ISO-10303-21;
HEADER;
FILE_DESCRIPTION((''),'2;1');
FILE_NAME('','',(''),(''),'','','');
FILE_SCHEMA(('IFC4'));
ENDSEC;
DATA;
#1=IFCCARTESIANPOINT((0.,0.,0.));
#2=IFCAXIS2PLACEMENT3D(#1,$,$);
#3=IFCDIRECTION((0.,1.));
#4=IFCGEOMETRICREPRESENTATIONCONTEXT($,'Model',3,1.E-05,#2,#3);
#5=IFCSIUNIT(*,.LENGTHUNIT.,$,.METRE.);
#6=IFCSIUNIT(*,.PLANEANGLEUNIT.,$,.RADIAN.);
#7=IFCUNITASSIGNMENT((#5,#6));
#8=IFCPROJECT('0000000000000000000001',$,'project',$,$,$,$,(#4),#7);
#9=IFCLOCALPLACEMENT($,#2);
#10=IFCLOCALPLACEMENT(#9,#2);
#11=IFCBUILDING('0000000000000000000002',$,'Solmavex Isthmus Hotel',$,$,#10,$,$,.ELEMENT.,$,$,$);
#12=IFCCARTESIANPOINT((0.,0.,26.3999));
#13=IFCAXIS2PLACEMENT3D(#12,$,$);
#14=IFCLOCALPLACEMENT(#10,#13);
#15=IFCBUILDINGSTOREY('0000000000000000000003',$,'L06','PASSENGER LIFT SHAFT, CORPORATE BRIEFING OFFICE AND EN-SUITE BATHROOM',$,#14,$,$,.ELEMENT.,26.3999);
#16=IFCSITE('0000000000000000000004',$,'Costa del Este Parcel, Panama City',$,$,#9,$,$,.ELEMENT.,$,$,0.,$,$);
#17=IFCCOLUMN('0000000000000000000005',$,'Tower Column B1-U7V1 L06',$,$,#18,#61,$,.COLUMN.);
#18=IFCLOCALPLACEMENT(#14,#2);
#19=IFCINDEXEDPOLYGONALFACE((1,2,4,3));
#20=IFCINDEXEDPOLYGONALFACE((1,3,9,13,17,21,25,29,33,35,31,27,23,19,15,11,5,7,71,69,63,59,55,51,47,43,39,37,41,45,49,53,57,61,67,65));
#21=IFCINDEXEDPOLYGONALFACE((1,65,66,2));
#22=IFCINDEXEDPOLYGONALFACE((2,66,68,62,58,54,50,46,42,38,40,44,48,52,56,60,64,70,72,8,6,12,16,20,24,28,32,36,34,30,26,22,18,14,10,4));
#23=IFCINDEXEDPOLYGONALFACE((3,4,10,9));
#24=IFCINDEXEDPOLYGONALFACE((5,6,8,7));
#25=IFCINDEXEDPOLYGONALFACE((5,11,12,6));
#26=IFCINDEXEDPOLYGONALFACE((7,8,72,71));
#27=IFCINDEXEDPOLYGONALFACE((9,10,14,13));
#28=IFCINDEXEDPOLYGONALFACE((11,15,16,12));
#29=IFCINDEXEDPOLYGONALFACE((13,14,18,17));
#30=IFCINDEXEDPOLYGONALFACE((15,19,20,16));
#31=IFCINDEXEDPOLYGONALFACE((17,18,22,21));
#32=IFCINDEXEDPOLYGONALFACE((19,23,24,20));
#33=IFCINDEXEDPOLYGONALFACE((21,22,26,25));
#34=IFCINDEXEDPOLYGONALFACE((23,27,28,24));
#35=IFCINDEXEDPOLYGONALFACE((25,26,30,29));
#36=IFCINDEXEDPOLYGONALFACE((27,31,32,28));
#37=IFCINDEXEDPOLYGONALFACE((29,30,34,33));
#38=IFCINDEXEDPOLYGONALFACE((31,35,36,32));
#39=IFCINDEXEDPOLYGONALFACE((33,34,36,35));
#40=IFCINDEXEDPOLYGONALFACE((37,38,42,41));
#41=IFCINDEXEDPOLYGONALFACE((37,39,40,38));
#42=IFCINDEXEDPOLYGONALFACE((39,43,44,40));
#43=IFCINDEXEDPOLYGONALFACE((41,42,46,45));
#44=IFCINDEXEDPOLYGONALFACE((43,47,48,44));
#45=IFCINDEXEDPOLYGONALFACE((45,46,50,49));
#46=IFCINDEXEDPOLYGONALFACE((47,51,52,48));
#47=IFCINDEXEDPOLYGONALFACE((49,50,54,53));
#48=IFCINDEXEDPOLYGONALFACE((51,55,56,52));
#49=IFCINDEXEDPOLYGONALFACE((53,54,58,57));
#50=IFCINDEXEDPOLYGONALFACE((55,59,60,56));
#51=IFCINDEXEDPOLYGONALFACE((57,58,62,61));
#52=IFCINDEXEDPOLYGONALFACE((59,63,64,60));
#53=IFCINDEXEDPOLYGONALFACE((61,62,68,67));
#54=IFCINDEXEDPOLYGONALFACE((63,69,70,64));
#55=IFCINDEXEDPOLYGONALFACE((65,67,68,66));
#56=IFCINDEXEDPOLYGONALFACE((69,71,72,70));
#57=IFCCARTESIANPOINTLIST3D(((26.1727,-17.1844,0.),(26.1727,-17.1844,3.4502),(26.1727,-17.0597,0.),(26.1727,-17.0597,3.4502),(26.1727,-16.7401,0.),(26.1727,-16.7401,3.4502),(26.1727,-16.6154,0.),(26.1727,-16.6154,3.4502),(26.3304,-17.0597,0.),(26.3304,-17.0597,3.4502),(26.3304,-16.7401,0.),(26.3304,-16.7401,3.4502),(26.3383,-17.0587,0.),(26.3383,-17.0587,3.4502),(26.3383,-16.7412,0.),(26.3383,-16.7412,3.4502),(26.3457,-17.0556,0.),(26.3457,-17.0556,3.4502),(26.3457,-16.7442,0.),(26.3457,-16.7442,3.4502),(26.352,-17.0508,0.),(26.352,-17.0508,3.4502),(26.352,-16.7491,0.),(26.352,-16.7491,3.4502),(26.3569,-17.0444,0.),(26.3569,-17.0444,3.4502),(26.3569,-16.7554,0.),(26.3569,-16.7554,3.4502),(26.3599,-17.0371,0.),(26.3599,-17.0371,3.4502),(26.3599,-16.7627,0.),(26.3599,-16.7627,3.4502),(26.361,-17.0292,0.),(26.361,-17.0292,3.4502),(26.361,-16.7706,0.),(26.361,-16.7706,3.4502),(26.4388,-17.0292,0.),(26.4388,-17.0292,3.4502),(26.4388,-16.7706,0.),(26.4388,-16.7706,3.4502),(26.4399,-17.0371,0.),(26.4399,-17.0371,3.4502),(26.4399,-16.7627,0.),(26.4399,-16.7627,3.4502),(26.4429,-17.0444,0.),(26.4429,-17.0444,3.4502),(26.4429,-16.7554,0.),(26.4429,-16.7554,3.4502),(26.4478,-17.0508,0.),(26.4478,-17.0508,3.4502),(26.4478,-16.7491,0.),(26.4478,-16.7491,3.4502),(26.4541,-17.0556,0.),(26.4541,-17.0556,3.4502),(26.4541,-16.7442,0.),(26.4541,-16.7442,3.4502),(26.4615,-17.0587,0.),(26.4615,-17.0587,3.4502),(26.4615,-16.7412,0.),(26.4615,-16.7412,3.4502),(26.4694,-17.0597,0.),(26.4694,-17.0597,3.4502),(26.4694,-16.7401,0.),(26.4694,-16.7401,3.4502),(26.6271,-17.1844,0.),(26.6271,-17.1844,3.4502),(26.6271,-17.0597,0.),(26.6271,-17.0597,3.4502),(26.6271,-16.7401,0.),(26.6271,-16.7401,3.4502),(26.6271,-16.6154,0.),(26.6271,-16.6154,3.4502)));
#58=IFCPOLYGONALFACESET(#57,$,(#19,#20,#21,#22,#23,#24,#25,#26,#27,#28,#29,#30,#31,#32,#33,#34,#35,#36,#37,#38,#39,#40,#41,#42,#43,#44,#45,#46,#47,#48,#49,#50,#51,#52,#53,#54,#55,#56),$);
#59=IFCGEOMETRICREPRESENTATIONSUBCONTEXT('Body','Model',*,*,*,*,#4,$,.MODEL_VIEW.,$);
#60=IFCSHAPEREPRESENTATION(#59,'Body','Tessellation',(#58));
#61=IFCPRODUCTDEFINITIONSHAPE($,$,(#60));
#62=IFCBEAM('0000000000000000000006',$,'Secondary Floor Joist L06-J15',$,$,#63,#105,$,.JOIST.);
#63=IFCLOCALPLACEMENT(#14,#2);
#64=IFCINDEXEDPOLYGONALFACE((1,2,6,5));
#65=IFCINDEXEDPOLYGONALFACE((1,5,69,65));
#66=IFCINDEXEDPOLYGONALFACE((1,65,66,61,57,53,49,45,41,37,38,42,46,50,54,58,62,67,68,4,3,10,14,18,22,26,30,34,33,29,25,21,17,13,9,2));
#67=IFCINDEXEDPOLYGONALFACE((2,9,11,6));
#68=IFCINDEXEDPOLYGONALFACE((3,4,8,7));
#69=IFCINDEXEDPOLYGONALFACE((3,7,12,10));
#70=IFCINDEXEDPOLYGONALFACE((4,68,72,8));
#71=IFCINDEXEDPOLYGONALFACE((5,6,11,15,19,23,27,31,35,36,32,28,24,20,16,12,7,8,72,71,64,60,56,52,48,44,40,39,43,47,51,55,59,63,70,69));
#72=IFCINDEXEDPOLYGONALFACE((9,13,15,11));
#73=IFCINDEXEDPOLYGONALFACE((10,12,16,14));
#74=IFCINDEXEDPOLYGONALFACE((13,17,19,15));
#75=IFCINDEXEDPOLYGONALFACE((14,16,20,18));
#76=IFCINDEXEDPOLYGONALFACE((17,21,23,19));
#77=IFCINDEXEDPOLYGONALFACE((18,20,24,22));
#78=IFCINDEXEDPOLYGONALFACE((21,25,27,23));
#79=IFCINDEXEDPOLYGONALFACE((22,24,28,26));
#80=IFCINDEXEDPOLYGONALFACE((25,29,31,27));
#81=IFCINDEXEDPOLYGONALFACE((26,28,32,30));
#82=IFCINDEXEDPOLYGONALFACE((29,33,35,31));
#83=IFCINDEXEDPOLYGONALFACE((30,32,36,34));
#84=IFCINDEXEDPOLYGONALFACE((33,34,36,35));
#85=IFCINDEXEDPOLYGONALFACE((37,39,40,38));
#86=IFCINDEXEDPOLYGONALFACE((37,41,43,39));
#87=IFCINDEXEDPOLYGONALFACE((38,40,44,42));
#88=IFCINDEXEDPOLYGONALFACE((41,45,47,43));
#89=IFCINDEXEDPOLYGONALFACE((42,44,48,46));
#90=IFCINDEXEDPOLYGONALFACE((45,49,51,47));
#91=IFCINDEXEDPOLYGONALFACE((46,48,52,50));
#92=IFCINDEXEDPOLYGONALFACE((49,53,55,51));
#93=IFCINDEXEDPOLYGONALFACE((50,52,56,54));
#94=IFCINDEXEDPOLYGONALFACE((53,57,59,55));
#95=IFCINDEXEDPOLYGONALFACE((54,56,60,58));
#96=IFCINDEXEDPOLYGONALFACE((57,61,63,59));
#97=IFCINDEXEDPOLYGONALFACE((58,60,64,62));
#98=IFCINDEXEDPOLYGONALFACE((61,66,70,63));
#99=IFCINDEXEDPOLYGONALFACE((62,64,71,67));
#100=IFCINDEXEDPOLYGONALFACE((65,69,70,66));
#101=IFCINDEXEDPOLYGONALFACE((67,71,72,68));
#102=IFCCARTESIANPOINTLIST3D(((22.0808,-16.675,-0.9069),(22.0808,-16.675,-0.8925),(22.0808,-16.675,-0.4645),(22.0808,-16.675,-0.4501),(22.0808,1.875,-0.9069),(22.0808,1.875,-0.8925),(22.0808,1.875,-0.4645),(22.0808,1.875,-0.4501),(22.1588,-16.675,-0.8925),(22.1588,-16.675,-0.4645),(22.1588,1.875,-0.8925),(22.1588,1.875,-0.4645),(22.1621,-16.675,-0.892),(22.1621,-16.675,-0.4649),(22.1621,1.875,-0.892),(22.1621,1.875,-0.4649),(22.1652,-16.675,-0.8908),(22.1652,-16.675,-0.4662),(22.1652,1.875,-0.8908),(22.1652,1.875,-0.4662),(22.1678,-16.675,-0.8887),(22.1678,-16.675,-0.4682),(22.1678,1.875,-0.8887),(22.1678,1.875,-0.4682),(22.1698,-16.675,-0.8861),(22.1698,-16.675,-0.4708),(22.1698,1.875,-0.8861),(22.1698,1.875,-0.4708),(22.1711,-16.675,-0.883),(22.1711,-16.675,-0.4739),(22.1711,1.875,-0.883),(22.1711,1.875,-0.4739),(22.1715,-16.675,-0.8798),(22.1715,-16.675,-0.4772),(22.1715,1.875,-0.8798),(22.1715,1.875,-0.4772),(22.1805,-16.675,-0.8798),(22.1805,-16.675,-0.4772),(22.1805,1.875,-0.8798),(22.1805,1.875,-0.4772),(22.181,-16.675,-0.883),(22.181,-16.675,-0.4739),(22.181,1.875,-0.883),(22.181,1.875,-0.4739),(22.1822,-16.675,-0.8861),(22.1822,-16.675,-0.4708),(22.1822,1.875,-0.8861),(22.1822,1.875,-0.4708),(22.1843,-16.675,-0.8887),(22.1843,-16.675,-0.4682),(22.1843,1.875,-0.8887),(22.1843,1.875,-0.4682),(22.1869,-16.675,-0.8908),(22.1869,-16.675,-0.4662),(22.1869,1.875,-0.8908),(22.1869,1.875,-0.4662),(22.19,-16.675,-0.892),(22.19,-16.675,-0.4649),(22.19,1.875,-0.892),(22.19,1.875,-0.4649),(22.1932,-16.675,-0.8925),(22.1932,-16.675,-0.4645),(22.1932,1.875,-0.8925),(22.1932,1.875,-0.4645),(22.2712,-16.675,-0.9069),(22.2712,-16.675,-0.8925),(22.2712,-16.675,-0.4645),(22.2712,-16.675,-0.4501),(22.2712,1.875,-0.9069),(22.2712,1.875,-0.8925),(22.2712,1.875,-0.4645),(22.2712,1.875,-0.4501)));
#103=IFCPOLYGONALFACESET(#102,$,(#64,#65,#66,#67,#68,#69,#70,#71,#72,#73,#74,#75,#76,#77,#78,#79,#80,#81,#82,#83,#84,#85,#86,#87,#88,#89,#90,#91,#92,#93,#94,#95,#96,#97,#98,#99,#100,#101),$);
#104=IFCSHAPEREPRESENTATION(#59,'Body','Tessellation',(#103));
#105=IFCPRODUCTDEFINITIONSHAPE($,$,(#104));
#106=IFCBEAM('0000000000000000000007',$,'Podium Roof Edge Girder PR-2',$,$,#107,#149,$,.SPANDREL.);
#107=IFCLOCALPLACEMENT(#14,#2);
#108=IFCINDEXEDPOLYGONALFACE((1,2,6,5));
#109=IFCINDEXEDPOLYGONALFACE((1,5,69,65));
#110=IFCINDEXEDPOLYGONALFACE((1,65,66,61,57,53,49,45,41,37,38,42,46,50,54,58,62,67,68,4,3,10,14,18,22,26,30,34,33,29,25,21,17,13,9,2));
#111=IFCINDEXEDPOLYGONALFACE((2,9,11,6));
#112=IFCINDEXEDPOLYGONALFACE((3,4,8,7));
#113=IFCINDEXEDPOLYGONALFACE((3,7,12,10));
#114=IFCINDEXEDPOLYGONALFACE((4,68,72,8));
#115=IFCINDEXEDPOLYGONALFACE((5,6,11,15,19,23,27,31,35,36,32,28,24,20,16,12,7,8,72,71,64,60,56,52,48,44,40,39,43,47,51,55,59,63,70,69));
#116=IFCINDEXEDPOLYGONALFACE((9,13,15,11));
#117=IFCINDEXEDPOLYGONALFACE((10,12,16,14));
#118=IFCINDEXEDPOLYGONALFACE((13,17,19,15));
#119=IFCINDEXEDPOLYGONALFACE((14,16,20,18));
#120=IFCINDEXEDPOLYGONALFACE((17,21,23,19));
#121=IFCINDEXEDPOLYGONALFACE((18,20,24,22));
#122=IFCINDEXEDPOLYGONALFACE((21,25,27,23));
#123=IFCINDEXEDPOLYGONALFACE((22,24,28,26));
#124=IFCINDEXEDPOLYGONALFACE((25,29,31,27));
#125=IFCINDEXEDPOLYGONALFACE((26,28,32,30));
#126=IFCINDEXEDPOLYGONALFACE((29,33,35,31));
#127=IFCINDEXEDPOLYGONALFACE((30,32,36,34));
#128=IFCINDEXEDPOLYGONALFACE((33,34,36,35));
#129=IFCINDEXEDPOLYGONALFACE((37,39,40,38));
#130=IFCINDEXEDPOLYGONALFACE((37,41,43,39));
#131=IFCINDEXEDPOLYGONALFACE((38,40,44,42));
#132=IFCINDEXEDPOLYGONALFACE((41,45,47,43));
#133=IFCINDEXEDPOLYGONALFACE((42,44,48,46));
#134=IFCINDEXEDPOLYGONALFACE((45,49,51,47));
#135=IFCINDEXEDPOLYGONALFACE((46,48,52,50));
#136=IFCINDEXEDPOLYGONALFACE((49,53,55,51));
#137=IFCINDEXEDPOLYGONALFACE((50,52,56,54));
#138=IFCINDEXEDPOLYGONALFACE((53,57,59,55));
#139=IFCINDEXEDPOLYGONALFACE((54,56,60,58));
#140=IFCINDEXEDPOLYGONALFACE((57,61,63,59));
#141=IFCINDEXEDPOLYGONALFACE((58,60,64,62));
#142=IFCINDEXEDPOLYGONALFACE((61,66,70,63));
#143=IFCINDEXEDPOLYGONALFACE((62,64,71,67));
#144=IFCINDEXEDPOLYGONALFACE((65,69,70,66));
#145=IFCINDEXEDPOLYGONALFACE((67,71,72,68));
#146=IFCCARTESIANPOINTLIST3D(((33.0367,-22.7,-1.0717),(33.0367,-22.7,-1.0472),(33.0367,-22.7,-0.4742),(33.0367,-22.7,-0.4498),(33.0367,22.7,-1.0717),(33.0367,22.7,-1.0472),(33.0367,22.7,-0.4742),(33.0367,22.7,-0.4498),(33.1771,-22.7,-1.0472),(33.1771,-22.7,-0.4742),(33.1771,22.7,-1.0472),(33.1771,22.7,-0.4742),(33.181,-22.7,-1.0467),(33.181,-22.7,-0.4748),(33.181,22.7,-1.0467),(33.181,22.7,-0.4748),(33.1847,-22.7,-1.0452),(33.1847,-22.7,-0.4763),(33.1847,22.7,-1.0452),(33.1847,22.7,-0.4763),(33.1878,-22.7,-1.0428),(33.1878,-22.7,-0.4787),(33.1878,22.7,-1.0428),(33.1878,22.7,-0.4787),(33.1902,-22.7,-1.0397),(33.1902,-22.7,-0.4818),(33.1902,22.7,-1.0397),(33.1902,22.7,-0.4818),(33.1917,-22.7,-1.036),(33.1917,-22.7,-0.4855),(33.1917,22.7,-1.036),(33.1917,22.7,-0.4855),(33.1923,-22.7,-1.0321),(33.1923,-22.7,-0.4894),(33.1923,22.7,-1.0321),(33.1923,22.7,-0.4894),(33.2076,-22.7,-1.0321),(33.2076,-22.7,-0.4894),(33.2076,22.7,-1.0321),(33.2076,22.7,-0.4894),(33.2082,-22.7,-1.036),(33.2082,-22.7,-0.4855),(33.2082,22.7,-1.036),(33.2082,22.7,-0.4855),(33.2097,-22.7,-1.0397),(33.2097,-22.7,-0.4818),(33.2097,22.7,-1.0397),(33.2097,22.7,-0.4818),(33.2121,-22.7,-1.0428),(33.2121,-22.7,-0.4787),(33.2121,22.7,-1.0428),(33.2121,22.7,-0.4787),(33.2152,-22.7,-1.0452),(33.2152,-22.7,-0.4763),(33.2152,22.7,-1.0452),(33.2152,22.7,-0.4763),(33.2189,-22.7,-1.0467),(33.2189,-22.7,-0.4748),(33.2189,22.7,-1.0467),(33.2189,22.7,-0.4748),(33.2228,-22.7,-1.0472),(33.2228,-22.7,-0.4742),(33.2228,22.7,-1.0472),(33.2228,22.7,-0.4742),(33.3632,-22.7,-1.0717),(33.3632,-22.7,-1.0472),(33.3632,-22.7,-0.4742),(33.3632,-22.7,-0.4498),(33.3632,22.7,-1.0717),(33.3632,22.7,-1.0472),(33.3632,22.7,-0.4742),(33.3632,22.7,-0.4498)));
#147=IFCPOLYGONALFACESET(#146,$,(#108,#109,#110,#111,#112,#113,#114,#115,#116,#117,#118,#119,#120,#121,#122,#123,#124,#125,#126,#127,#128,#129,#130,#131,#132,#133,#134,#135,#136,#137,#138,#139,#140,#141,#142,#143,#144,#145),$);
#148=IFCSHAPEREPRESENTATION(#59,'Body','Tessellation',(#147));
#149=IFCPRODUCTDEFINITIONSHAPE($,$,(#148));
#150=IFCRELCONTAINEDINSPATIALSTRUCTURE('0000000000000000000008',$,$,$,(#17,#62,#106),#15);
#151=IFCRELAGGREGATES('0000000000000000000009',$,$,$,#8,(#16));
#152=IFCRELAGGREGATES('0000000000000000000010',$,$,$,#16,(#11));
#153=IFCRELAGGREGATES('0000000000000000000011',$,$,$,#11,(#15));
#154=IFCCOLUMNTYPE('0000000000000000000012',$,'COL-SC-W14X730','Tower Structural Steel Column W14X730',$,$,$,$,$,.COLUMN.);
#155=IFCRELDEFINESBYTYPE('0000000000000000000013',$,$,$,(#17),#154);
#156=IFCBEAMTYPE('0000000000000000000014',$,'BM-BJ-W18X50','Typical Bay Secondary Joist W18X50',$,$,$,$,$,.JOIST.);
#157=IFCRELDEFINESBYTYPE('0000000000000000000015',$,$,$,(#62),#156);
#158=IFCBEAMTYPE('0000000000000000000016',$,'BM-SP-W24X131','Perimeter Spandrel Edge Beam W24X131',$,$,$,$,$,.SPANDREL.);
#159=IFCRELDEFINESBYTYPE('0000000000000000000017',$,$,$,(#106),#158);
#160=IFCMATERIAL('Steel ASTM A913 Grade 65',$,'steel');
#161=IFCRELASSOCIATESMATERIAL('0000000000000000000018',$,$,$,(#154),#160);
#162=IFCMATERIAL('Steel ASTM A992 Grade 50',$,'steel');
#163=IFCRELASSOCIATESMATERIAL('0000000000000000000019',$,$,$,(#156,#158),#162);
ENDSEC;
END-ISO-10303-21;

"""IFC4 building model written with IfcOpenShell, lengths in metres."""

from ifc_helpers import new_model, si_unit, direction, frame, origin, origin_2d, place, context, subcontext, project, spatial, i_section, extrude, material, material_profile, profile_set, type_object, element, save


model = new_model("IFC4")

# Units and contexts
model_context = context("Model", 3, precision=1e-05, world=origin(), true_north=direction((0.0, 1.0)))
body_context = subcontext(model_context, "Body", "Model", "MODEL_VIEW")
ifc_project = project(units=[si_unit("LENGTHUNIT", "METRE"), si_unit("PLANEANGLEUNIT", "RADIAN")], contexts=[model_context])

# Site, building, storey
site_placement = place(None, origin())
site = spatial("IfcSite", under=ifc_project, at=site_placement, Name="Costa del Este Parcel, Panama City", CompositionType="ELEMENT", RefElevation=0.0)
building_placement = place(site_placement, origin())
building = spatial("IfcBuilding", under=site, at=building_placement, Name="Solmavex Isthmus Hotel", CompositionType="ELEMENT")
storey_placement = place(building_placement, frame((0.0, 0.0, 26.3999)))
storey = spatial("IfcBuildingStorey", under=building, at=storey_placement, Name="L06", Description="PASSENGER LIFT SHAFT, CORPORATE BRIEFING OFFICE AND EN-SUITE BATHROOM", CompositionType="ELEMENT", Elevation=26.3999)

# Column
ifc_material_1 = material(Name="Steel ASTM A913 Grade 65", Category="steel")
ifc_material_profile_1 = material_profile(ifc_material_1, i_section(OverallWidth=0.4543, OverallDepth=0.5691, WebThickness=0.0779, FlangeThickness=0.1248, FilletRadius=0.0305, at=origin_2d()), Name="W14X730")
ifc_profile_set_1 = profile_set([ifc_material_profile_1], Name="Steel ASTM A913 Grade 65")
column_type = type_object("IfcColumnType", Name="COL-SC-W14X730", Description="Tower Structural Steel Column W14X730", PredefinedType="COLUMN", material=ifc_profile_set_1)
column_placement = place(storey_placement, frame((26.3999, -16.8999, 0.0), z_axis=(0.0, 0.0, 1.0), x_axis=(1.0, 0.0, 0.0)))
element("IfcColumn", 1, at=column_placement, inside=storey, type_object=column_type, Name="Tower Column B1-U7V1 L06", PredefinedType="COLUMN", context=body_context, shape_type="SweptSolid", body=[
    extrude(i_section(OverallWidth=0.4543, OverallDepth=0.5691, WebThickness=0.0779, FlangeThickness=0.1248, FilletRadius=0.0305, at=origin_2d()), origin(), (0.0, 0.0, 1.0), 3.4502),
])

# Beams
ifc_material_2 = material(Name="Steel ASTM A992 Grade 50", Category="steel")
ifc_material_profile_2 = material_profile(ifc_material_2, i_section(OverallWidth=0.1904, OverallDepth=0.4568, WebThickness=0.009, FlangeThickness=0.0144, FilletRadius=0.0127, at=origin_2d()), Name="W18X50")
ifc_profile_set_2 = profile_set([ifc_material_profile_2], Name="Steel ASTM A992 Grade 50")
beam_type_1 = type_object("IfcBeamType", Name="BM-BJ-W18X50", Description="Typical Bay Secondary Joist W18X50", PredefinedType="JOIST", material=ifc_profile_set_2)
beam_1_placement = place(storey_placement, frame((22.176, -16.675, -0.6785), z_axis=(0.0, 1.0, 0.0), x_axis=(-1.0, 0.0, 0.0)))
element("IfcBeam", 2, at=beam_1_placement, inside=storey, type_object=beam_type_1, Name="Secondary Floor Joist L06-J15", PredefinedType="JOIST", context=body_context, shape_type="SweptSolid", body=[
    extrude(i_section(OverallWidth=0.1904, OverallDepth=0.4568, WebThickness=0.009, FlangeThickness=0.0144, FilletRadius=0.0127, at=origin_2d()), origin(), (0.0, 0.0, 1.0), 18.55),
])
ifc_material_profile_3 = material_profile(ifc_material_2, i_section(OverallWidth=0.3264, OverallDepth=0.6218, WebThickness=0.0154, FlangeThickness=0.0244, FilletRadius=0.0151, at=origin_2d()), Name="W24X131")
ifc_profile_set_3 = profile_set([ifc_material_profile_3], Name="Steel ASTM A992 Grade 50")
beam_type_2 = type_object("IfcBeamType", Name="BM-SP-W24X131", Description="Perimeter Spandrel Edge Beam W24X131", PredefinedType="SPANDREL", material=ifc_profile_set_3)
beam_2_placement = place(storey_placement, frame((33.2, -22.7, -0.7607), z_axis=(0.0, 1.0, 0.0), x_axis=(-1.0, 0.0, 0.0)))
element("IfcBeam", 3, at=beam_2_placement, inside=storey, type_object=beam_type_2, Name="Podium Roof Edge Girder PR-2", PredefinedType="SPANDREL", context=body_context, shape_type="SweptSolid", body=[
    extrude(i_section(OverallWidth=0.3264, OverallDepth=0.6218, WebThickness=0.0154, FlangeThickness=0.0244, FilletRadius=0.0151, at=origin_2d()), origin(), (0.0, 0.0, 1.0), 45.3999),
])

save(model, "model.ifc")
